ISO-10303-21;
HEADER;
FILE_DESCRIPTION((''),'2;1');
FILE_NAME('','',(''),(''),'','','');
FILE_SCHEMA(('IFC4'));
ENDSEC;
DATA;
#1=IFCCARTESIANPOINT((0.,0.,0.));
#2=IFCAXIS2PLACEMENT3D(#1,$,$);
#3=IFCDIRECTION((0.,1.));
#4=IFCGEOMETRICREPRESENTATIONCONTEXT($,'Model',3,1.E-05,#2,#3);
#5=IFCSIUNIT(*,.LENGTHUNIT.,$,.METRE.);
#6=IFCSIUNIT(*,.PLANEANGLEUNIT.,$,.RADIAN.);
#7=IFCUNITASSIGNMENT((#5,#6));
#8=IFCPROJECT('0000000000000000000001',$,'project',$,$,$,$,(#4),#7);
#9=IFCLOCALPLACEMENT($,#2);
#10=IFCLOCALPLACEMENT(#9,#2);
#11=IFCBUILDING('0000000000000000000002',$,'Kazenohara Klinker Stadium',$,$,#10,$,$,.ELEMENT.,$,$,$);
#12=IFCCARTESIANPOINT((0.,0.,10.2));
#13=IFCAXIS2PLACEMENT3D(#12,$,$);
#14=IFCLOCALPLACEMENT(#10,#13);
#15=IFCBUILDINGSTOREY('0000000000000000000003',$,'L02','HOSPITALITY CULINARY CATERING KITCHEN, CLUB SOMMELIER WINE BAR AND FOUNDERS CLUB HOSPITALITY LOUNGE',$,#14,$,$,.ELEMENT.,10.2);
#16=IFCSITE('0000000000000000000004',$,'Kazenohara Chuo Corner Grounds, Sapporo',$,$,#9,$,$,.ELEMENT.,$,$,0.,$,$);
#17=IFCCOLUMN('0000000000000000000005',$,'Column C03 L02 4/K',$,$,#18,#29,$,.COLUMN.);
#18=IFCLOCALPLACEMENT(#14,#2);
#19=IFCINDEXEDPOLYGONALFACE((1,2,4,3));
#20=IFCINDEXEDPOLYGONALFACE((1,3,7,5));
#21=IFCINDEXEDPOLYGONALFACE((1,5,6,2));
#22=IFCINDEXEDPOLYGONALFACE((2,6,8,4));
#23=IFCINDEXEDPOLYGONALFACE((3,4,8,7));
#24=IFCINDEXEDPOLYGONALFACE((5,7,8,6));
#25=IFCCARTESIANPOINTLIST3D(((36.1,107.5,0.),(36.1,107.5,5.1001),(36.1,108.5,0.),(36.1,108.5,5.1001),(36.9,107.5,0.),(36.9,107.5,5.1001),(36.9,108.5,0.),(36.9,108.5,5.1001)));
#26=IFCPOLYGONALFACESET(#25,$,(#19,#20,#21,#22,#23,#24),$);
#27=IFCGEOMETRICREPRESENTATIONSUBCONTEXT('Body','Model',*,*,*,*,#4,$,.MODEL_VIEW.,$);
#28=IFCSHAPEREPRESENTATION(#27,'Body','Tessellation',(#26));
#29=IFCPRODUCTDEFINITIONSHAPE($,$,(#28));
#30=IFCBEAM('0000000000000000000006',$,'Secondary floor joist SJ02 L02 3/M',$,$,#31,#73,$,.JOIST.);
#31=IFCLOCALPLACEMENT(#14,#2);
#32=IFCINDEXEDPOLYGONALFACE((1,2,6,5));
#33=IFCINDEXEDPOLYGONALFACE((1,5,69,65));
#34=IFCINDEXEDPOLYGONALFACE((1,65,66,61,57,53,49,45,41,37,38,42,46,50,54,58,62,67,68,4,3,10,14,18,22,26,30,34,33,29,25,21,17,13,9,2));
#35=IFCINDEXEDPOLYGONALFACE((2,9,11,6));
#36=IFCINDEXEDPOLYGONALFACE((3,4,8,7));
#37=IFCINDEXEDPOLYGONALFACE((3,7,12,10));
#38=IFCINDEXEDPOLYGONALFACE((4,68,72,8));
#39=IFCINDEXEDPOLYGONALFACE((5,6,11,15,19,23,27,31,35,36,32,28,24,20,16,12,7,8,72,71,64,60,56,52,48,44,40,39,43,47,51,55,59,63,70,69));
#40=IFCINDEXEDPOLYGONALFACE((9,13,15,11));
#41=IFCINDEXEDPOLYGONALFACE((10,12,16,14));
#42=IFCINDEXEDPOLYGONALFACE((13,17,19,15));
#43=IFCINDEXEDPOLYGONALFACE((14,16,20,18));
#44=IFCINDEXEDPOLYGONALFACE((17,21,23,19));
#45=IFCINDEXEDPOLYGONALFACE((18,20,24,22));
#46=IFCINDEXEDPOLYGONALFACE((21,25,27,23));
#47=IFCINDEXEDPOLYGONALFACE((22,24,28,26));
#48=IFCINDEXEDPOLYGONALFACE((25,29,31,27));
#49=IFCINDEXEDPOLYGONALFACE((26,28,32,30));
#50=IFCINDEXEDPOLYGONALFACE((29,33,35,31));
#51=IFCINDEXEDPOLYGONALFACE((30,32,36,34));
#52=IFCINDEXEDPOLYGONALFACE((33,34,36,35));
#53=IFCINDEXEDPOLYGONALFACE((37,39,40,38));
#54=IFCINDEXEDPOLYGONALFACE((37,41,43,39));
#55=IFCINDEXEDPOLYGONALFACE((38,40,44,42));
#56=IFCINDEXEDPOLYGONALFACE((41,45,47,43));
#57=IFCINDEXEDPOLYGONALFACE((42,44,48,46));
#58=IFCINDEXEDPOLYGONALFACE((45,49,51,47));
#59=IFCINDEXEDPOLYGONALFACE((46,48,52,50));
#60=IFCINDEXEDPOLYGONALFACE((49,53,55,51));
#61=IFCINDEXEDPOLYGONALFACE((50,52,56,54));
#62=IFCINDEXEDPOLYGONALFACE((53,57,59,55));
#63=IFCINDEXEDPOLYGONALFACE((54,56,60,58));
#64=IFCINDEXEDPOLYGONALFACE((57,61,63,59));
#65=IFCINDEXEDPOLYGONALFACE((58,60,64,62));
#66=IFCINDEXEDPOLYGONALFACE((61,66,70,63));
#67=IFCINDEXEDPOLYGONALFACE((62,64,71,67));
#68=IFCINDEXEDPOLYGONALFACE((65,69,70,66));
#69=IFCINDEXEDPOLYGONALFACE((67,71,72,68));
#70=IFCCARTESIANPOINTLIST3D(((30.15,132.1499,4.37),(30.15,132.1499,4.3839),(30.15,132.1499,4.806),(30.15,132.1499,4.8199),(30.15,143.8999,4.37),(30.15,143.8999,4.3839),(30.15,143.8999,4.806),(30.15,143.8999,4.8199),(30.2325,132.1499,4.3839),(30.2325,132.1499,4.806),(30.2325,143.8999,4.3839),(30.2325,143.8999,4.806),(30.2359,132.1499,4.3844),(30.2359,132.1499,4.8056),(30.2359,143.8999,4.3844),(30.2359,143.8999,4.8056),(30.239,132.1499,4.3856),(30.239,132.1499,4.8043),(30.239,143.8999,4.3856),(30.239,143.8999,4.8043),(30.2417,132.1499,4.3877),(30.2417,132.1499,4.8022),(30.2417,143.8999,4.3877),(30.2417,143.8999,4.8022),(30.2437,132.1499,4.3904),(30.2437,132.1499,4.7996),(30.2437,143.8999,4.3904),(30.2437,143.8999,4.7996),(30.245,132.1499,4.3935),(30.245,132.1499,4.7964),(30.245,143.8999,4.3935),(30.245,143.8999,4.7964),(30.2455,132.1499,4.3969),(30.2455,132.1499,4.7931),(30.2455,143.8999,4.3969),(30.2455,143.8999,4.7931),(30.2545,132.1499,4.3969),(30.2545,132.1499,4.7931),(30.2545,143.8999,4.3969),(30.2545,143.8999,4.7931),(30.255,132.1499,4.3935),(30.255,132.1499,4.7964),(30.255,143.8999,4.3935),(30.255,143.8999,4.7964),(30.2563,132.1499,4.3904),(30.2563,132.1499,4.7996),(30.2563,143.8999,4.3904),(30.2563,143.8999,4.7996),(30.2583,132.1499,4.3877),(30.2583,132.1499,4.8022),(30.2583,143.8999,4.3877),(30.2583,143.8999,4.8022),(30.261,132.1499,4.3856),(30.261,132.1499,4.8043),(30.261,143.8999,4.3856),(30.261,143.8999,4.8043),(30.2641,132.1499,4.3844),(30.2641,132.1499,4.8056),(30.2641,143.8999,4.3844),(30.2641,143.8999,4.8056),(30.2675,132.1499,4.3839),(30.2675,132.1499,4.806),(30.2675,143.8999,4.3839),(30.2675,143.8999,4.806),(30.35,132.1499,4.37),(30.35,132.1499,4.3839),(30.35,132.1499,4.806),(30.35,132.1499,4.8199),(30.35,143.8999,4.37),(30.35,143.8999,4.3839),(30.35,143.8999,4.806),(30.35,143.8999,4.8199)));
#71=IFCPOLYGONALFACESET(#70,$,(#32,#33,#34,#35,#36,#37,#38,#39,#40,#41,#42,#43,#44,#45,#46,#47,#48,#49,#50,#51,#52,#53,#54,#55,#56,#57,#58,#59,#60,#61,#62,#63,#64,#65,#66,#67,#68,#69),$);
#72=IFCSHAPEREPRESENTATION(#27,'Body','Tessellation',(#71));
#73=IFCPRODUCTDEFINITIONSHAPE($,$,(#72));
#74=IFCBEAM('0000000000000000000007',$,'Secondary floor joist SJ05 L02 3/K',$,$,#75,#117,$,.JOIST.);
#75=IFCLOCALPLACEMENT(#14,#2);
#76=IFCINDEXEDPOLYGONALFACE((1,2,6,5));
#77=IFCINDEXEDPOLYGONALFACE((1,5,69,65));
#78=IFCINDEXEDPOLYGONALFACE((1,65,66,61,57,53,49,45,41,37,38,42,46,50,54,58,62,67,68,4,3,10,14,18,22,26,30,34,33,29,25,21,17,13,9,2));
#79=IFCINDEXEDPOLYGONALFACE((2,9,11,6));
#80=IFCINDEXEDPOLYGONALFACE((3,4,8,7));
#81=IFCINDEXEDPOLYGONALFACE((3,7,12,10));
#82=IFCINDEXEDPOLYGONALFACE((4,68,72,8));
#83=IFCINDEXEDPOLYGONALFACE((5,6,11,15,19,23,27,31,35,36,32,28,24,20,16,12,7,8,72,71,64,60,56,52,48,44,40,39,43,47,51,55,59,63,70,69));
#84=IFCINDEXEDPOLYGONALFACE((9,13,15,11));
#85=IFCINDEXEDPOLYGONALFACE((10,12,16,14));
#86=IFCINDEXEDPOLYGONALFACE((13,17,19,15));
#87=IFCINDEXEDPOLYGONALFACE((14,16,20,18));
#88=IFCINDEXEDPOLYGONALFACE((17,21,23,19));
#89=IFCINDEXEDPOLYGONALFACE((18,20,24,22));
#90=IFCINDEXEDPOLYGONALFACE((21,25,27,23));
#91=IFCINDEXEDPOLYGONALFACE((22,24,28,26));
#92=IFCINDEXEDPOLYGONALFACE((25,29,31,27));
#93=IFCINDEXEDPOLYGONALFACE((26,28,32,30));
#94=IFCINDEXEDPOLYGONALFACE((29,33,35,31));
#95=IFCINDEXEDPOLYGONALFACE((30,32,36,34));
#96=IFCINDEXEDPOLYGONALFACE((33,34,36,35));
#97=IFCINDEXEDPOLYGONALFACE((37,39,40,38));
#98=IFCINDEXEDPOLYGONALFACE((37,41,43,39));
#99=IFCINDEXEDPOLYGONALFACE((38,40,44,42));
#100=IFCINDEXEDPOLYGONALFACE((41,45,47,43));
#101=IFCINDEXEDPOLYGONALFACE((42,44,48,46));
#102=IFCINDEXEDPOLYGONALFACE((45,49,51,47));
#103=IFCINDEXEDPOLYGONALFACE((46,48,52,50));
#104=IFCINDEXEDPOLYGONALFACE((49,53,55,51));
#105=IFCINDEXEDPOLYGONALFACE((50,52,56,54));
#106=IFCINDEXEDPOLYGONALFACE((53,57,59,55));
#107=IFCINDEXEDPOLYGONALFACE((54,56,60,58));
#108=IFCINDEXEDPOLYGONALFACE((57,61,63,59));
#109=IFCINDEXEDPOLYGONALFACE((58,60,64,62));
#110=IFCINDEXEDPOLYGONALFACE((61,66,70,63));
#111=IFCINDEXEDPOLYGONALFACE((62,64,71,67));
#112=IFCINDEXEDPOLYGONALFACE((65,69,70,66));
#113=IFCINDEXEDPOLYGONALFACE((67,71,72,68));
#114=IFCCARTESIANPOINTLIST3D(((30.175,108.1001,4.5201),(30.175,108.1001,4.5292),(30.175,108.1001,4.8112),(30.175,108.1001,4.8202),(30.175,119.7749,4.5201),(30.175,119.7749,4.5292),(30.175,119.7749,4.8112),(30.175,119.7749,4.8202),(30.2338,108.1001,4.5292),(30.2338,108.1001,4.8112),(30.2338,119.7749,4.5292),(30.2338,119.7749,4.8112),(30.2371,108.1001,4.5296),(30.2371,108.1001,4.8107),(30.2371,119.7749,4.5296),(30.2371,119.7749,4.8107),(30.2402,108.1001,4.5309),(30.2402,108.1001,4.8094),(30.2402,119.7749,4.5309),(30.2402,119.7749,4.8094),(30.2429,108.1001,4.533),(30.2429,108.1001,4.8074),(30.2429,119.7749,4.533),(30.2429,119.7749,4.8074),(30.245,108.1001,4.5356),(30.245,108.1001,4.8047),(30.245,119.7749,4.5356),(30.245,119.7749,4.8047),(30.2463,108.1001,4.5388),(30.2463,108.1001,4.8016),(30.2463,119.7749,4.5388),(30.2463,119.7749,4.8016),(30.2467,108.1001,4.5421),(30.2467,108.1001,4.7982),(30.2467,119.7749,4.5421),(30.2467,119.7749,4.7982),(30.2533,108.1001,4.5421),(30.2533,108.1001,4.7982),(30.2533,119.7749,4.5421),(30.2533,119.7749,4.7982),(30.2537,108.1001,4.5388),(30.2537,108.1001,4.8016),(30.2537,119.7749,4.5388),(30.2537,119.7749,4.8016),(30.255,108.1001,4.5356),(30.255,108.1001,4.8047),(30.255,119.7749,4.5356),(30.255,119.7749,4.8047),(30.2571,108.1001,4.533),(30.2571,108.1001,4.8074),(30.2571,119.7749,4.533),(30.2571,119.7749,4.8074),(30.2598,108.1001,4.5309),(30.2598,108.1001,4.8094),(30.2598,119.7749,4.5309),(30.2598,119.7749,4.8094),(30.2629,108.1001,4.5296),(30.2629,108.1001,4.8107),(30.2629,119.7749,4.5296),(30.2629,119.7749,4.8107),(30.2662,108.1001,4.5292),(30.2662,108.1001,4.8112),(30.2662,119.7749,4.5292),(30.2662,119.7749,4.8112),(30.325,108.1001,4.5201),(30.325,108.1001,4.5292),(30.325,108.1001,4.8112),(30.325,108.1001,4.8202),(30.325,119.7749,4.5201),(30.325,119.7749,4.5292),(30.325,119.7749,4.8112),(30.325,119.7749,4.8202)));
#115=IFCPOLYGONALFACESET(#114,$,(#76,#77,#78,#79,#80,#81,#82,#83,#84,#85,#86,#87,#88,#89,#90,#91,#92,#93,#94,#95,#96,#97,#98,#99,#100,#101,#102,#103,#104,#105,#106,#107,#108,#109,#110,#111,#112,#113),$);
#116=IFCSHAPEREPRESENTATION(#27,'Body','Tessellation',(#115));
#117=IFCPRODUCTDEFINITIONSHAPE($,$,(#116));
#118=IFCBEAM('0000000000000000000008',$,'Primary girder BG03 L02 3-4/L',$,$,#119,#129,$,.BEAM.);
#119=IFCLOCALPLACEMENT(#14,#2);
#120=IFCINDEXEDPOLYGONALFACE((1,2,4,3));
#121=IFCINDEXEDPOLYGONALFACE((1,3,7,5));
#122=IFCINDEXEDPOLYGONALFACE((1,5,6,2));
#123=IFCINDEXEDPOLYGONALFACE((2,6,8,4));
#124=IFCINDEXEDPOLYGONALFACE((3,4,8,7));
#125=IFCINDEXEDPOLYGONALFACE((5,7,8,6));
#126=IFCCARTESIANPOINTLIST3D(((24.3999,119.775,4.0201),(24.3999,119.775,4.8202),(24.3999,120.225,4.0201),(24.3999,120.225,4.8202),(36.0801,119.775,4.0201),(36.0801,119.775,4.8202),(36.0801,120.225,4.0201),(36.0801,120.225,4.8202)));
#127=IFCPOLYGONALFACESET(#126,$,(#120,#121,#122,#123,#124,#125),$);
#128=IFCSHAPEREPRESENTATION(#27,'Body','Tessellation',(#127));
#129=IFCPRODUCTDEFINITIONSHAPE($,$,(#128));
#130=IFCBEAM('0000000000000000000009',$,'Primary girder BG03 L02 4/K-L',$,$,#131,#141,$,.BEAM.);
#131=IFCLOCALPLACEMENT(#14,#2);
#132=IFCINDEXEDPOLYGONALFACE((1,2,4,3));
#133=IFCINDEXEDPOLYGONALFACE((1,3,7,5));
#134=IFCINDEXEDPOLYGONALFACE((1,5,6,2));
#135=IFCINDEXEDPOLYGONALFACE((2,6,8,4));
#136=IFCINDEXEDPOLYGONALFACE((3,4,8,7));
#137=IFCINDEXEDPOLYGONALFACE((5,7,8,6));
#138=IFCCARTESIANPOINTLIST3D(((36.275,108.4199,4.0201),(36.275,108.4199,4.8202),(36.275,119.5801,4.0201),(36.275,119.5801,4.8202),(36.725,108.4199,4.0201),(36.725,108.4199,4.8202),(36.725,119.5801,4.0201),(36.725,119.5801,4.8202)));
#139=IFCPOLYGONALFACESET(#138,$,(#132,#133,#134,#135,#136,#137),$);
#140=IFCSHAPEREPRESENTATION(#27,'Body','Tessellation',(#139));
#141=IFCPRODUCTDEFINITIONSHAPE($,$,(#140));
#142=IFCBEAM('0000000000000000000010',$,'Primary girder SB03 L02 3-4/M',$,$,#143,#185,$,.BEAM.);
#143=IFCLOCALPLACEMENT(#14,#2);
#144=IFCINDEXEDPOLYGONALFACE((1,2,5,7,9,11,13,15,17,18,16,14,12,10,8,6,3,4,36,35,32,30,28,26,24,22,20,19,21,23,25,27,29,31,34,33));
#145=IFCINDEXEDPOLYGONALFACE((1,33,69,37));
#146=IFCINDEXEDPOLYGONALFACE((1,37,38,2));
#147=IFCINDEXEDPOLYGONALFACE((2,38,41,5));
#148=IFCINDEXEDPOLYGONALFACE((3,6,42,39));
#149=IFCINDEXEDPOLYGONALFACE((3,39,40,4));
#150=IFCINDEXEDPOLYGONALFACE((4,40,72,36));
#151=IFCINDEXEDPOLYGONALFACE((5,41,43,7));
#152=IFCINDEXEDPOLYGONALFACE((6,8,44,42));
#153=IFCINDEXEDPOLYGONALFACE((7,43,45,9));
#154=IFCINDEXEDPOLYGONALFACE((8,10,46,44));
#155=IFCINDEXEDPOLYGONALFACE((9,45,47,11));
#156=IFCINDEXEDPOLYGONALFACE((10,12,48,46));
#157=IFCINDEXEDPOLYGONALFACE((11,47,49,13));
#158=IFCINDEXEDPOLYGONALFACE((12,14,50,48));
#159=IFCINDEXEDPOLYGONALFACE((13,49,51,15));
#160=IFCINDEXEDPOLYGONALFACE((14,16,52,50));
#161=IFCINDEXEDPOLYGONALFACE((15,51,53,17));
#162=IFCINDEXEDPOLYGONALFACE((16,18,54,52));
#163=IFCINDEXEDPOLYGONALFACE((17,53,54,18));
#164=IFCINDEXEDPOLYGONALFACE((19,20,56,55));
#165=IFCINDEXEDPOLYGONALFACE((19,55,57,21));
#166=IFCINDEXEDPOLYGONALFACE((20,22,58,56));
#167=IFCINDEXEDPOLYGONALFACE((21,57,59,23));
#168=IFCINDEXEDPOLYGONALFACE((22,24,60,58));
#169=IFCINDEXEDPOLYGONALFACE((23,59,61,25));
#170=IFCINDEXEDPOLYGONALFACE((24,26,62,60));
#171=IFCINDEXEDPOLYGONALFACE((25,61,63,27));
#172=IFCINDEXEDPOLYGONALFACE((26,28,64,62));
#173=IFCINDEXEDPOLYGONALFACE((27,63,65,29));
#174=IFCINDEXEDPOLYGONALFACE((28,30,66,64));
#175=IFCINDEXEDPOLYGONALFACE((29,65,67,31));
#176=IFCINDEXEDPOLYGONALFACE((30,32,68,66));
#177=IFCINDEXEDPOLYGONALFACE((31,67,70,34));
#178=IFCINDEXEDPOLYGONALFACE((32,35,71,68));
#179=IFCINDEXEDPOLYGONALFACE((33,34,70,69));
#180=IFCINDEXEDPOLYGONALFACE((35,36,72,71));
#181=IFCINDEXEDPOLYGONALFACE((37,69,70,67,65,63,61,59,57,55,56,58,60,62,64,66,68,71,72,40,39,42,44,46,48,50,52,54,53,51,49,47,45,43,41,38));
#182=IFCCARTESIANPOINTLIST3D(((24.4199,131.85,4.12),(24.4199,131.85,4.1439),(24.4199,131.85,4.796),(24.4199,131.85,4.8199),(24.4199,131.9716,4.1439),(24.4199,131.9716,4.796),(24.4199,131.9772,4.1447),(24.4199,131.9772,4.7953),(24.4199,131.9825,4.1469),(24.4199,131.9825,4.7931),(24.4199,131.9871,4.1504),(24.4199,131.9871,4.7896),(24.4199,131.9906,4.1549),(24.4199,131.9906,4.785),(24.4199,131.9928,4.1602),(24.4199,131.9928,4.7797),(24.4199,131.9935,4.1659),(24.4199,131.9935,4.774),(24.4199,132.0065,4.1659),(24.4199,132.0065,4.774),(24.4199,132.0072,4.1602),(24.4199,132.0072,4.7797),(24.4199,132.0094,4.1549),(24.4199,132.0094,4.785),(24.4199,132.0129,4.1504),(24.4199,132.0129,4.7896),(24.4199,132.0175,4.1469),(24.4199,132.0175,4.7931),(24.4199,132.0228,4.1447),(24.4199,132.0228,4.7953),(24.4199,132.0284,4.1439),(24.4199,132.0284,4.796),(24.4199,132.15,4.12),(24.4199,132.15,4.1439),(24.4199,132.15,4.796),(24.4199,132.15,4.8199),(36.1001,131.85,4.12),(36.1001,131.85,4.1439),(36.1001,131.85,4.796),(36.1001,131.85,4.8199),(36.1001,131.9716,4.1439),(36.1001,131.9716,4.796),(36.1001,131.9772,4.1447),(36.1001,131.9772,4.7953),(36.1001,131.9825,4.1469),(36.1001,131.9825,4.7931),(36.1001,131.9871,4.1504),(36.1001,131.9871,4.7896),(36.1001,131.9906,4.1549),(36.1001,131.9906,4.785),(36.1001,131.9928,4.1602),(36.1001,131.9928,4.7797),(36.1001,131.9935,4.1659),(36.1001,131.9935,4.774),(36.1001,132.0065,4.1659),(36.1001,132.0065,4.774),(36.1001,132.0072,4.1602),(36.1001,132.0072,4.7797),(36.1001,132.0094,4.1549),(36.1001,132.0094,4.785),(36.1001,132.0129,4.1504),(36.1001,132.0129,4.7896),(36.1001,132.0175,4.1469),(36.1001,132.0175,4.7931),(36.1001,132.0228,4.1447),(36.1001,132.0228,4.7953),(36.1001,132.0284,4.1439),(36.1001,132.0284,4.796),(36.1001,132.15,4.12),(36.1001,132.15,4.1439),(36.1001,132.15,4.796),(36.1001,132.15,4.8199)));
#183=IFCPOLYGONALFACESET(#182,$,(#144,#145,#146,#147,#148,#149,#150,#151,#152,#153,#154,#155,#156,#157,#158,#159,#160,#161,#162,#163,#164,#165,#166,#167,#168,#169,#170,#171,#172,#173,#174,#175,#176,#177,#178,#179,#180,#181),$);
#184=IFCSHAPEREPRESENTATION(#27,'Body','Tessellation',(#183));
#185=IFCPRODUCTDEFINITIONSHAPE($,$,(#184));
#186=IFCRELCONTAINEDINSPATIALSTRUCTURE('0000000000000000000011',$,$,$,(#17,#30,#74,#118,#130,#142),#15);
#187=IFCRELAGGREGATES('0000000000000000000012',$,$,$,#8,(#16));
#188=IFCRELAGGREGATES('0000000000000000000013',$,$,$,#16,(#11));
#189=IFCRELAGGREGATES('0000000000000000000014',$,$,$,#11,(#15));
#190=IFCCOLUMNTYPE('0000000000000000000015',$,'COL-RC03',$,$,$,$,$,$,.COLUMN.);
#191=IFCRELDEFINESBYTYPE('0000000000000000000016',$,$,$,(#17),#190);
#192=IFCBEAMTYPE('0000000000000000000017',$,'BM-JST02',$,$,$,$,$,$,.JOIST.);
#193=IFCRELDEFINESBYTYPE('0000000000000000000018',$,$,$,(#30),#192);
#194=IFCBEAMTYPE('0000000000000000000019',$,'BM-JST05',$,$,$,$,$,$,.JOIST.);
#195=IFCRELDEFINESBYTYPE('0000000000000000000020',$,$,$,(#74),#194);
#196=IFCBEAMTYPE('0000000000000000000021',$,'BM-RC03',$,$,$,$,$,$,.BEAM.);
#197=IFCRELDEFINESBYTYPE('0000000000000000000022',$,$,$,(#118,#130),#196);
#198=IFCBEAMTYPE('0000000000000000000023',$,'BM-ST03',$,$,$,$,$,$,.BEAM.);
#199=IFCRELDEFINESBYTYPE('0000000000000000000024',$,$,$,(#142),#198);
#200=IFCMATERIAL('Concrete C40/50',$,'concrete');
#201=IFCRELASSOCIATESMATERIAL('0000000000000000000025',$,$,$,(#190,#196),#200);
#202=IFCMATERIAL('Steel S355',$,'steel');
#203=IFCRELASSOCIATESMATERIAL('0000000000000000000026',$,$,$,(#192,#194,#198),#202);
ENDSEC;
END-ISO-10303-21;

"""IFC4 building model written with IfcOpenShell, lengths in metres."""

from ifc_helpers import new_model, si_unit, direction, frame, origin, origin_2d, place, context, subcontext, project, spatial, rectangle, i_section, extrude, material, material_profile, profile_set, type_object, element, save


model = new_model("IFC4")

# Units and contexts
model_context = context("Model", 3, precision=1e-05, world=origin(), true_north=direction((0.0, 1.0)))
body_context = subcontext(model_context, "Body", "Model", "MODEL_VIEW")
ifc_project = project(units=[si_unit("LENGTHUNIT", "METRE"), si_unit("PLANEANGLEUNIT", "RADIAN")], contexts=[model_context])

# Site, building, storey
site_placement = place(None, origin())
site = spatial("IfcSite", under=ifc_project, at=site_placement, Name="Kazenohara Chuo Corner Grounds, Sapporo", CompositionType="ELEMENT", RefElevation=0.0)
building_placement = place(site_placement, origin())
building = spatial("IfcBuilding", under=site, at=building_placement, Name="Kazenohara Klinker Stadium", CompositionType="ELEMENT")
storey_placement = place(building_placement, frame((0.0, 0.0, 10.2)))
storey = spatial("IfcBuildingStorey", under=building, at=storey_placement, Name="L02", Description="HOSPITALITY CULINARY CATERING KITCHEN, CLUB SOMMELIER WINE BAR AND FOUNDERS CLUB HOSPITALITY LOUNGE", CompositionType="ELEMENT", Elevation=10.2)

# Column
ifc_material_1 = material(Name="Concrete C40/50", Category="concrete")
ifc_material_profile_1 = material_profile(ifc_material_1, rectangle(XDim=0.8, YDim=1.0, at=origin_2d()), Name="RC-COL-1000x800")
ifc_profile_set_1 = profile_set([ifc_material_profile_1], Name="Concrete C40/50")
column_type = type_object("IfcColumnType", Name="COL-RC03", PredefinedType="COLUMN", material=ifc_profile_set_1)
column_placement = place(storey_placement, frame((36.5, 108.0, 0.0), z_axis=(0.0, 0.0, 1.0), x_axis=(1.0, 0.0, 0.0)))
element("IfcColumn", 1, at=column_placement, inside=storey, type_object=column_type, Name="Column C03 L02 4/K", PredefinedType="COLUMN", context=body_context, shape_type="SweptSolid", body=[
    extrude(rectangle(XDim=0.8, YDim=1.0, at=origin_2d()), origin(), (0.0, 0.0, 1.0), 5.1001),
])

# Beams
ifc_material_2 = material(Name="Steel S355", Category="steel")
ifc_material_profile_2 = material_profile(ifc_material_2, i_section(OverallWidth=0.2, OverallDepth=0.45, WebThickness=0.009, FlangeThickness=0.0139, FilletRadius=0.0129, at=origin_2d()), Name="H-450x200x9x14")
ifc_profile_set_2 = profile_set([ifc_material_profile_2], Name="Steel S355")
beam_type_1 = type_object("IfcBeamType", Name="BM-JST02", PredefinedType="JOIST", material=ifc_profile_set_2)
beam_1_placement = place(storey_placement, frame((30.25, 132.1499, 4.595), z_axis=(0.0, 1.0, 0.0), x_axis=(-1.0, 0.0, 0.0)))
element("IfcBeam", 2, at=beam_1_placement, inside=storey, type_object=beam_type_1, Name="Secondary floor joist SJ02 L02 3/M", PredefinedType="JOIST", context=body_context, shape_type="SweptSolid", body=[
    extrude(i_section(OverallWidth=0.2, OverallDepth=0.45, WebThickness=0.009, FlangeThickness=0.0139, FilletRadius=0.0129, at=origin_2d()), origin(), (0.0, 0.0, 1.0), 11.75),
])
ifc_material_profile_3 = material_profile(ifc_material_2, i_section(OverallWidth=0.1499, OverallDepth=0.3, WebThickness=0.0066, FlangeThickness=0.009, FilletRadius=0.0129, at=origin_2d()), Name="H-300x150x6.5x9")
ifc_profile_set_3 = profile_set([ifc_material_profile_3], Name="Steel S355")
beam_type_2 = type_object("IfcBeamType", Name="BM-JST05", PredefinedType="JOIST", material=ifc_profile_set_3)
beam_2_placement = place(storey_placement, frame((30.25, 108.1001, 4.6702), z_axis=(0.0, 1.0, 0.0), x_axis=(-1.0, 0.0, 0.0)))
element("IfcBeam", 3, at=beam_2_placement, inside=storey, type_object=beam_type_2, Name="Secondary floor joist SJ05 L02 3/K", PredefinedType="JOIST", context=body_context, shape_type="SweptSolid", body=[
    extrude(i_section(OverallWidth=0.1499, OverallDepth=0.3, WebThickness=0.0066, FlangeThickness=0.009, FilletRadius=0.0129, at=origin_2d()), origin(), (0.0, 0.0, 1.0), 11.6748),
])
ifc_material_profile_4 = material_profile(ifc_material_1, rectangle(XDim=0.45, YDim=0.8, at=origin_2d()), Name="RC-BM-450x800")
ifc_profile_set_4 = profile_set([ifc_material_profile_4], Name="Concrete C40/50")
beam_type_3 = type_object("IfcBeamType", Name="BM-RC03", PredefinedType="BEAM", material=ifc_profile_set_4)
beam_3_placement = place(storey_placement, frame((24.3999, 120.0, 4.4202), z_axis=(1.0, 0.0, 0.0), x_axis=(0.0, 1.0, 0.0)))
element("IfcBeam", 4, at=beam_3_placement, inside=storey, type_object=beam_type_3, Name="Primary girder BG03 L02 3-4/L", PredefinedType="BEAM", context=body_context, shape_type="SweptSolid", body=[
    extrude(rectangle(XDim=0.45, YDim=0.8, at=origin_2d()), origin(), (0.0, 0.0, 1.0), 11.6802),
])
beam_4_placement = place(storey_placement, frame((36.5, 108.4199, 4.4202), z_axis=(0.0, 1.0, 0.0), x_axis=(-1.0, 0.0, 0.0)))
element("IfcBeam", 5, at=beam_4_placement, inside=storey, type_object=beam_type_3, Name="Primary girder BG03 L02 4/K-L", PredefinedType="BEAM", context=body_context, shape_type="SweptSolid", body=[
    extrude(rectangle(XDim=0.45, YDim=0.8, at=origin_2d()), origin(), (0.0, 0.0, 1.0), 11.1602),
])
ifc_material_profile_5 = material_profile(ifc_material_2, i_section(OverallWidth=0.3, OverallDepth=0.7, WebThickness=0.0129, FlangeThickness=0.0239, FilletRadius=0.022, at=origin_2d()), Name="H-700x300x13x24")
ifc_profile_set_5 = profile_set([ifc_material_profile_5], Name="Steel S355")
beam_type_4 = type_object("IfcBeamType", Name="BM-ST03", PredefinedType="BEAM", material=ifc_profile_set_5)
beam_5_placement = place(storey_placement, frame((24.4199, 132.0, 4.47), z_axis=(1.0, 0.0, 0.0), x_axis=(0.0, 1.0, 0.0)))
element("IfcBeam", 6, at=beam_5_placement, inside=storey, type_object=beam_type_4, Name="Primary girder SB03 L02 3-4/M", PredefinedType="BEAM", context=body_context, shape_type="SweptSolid", body=[
    extrude(i_section(OverallWidth=0.3, OverallDepth=0.7, WebThickness=0.0129, FlangeThickness=0.0239, FilletRadius=0.022, at=origin_2d()), origin(), (0.0, 0.0, 1.0), 11.6802),
])

save(model, "model.ifc")
